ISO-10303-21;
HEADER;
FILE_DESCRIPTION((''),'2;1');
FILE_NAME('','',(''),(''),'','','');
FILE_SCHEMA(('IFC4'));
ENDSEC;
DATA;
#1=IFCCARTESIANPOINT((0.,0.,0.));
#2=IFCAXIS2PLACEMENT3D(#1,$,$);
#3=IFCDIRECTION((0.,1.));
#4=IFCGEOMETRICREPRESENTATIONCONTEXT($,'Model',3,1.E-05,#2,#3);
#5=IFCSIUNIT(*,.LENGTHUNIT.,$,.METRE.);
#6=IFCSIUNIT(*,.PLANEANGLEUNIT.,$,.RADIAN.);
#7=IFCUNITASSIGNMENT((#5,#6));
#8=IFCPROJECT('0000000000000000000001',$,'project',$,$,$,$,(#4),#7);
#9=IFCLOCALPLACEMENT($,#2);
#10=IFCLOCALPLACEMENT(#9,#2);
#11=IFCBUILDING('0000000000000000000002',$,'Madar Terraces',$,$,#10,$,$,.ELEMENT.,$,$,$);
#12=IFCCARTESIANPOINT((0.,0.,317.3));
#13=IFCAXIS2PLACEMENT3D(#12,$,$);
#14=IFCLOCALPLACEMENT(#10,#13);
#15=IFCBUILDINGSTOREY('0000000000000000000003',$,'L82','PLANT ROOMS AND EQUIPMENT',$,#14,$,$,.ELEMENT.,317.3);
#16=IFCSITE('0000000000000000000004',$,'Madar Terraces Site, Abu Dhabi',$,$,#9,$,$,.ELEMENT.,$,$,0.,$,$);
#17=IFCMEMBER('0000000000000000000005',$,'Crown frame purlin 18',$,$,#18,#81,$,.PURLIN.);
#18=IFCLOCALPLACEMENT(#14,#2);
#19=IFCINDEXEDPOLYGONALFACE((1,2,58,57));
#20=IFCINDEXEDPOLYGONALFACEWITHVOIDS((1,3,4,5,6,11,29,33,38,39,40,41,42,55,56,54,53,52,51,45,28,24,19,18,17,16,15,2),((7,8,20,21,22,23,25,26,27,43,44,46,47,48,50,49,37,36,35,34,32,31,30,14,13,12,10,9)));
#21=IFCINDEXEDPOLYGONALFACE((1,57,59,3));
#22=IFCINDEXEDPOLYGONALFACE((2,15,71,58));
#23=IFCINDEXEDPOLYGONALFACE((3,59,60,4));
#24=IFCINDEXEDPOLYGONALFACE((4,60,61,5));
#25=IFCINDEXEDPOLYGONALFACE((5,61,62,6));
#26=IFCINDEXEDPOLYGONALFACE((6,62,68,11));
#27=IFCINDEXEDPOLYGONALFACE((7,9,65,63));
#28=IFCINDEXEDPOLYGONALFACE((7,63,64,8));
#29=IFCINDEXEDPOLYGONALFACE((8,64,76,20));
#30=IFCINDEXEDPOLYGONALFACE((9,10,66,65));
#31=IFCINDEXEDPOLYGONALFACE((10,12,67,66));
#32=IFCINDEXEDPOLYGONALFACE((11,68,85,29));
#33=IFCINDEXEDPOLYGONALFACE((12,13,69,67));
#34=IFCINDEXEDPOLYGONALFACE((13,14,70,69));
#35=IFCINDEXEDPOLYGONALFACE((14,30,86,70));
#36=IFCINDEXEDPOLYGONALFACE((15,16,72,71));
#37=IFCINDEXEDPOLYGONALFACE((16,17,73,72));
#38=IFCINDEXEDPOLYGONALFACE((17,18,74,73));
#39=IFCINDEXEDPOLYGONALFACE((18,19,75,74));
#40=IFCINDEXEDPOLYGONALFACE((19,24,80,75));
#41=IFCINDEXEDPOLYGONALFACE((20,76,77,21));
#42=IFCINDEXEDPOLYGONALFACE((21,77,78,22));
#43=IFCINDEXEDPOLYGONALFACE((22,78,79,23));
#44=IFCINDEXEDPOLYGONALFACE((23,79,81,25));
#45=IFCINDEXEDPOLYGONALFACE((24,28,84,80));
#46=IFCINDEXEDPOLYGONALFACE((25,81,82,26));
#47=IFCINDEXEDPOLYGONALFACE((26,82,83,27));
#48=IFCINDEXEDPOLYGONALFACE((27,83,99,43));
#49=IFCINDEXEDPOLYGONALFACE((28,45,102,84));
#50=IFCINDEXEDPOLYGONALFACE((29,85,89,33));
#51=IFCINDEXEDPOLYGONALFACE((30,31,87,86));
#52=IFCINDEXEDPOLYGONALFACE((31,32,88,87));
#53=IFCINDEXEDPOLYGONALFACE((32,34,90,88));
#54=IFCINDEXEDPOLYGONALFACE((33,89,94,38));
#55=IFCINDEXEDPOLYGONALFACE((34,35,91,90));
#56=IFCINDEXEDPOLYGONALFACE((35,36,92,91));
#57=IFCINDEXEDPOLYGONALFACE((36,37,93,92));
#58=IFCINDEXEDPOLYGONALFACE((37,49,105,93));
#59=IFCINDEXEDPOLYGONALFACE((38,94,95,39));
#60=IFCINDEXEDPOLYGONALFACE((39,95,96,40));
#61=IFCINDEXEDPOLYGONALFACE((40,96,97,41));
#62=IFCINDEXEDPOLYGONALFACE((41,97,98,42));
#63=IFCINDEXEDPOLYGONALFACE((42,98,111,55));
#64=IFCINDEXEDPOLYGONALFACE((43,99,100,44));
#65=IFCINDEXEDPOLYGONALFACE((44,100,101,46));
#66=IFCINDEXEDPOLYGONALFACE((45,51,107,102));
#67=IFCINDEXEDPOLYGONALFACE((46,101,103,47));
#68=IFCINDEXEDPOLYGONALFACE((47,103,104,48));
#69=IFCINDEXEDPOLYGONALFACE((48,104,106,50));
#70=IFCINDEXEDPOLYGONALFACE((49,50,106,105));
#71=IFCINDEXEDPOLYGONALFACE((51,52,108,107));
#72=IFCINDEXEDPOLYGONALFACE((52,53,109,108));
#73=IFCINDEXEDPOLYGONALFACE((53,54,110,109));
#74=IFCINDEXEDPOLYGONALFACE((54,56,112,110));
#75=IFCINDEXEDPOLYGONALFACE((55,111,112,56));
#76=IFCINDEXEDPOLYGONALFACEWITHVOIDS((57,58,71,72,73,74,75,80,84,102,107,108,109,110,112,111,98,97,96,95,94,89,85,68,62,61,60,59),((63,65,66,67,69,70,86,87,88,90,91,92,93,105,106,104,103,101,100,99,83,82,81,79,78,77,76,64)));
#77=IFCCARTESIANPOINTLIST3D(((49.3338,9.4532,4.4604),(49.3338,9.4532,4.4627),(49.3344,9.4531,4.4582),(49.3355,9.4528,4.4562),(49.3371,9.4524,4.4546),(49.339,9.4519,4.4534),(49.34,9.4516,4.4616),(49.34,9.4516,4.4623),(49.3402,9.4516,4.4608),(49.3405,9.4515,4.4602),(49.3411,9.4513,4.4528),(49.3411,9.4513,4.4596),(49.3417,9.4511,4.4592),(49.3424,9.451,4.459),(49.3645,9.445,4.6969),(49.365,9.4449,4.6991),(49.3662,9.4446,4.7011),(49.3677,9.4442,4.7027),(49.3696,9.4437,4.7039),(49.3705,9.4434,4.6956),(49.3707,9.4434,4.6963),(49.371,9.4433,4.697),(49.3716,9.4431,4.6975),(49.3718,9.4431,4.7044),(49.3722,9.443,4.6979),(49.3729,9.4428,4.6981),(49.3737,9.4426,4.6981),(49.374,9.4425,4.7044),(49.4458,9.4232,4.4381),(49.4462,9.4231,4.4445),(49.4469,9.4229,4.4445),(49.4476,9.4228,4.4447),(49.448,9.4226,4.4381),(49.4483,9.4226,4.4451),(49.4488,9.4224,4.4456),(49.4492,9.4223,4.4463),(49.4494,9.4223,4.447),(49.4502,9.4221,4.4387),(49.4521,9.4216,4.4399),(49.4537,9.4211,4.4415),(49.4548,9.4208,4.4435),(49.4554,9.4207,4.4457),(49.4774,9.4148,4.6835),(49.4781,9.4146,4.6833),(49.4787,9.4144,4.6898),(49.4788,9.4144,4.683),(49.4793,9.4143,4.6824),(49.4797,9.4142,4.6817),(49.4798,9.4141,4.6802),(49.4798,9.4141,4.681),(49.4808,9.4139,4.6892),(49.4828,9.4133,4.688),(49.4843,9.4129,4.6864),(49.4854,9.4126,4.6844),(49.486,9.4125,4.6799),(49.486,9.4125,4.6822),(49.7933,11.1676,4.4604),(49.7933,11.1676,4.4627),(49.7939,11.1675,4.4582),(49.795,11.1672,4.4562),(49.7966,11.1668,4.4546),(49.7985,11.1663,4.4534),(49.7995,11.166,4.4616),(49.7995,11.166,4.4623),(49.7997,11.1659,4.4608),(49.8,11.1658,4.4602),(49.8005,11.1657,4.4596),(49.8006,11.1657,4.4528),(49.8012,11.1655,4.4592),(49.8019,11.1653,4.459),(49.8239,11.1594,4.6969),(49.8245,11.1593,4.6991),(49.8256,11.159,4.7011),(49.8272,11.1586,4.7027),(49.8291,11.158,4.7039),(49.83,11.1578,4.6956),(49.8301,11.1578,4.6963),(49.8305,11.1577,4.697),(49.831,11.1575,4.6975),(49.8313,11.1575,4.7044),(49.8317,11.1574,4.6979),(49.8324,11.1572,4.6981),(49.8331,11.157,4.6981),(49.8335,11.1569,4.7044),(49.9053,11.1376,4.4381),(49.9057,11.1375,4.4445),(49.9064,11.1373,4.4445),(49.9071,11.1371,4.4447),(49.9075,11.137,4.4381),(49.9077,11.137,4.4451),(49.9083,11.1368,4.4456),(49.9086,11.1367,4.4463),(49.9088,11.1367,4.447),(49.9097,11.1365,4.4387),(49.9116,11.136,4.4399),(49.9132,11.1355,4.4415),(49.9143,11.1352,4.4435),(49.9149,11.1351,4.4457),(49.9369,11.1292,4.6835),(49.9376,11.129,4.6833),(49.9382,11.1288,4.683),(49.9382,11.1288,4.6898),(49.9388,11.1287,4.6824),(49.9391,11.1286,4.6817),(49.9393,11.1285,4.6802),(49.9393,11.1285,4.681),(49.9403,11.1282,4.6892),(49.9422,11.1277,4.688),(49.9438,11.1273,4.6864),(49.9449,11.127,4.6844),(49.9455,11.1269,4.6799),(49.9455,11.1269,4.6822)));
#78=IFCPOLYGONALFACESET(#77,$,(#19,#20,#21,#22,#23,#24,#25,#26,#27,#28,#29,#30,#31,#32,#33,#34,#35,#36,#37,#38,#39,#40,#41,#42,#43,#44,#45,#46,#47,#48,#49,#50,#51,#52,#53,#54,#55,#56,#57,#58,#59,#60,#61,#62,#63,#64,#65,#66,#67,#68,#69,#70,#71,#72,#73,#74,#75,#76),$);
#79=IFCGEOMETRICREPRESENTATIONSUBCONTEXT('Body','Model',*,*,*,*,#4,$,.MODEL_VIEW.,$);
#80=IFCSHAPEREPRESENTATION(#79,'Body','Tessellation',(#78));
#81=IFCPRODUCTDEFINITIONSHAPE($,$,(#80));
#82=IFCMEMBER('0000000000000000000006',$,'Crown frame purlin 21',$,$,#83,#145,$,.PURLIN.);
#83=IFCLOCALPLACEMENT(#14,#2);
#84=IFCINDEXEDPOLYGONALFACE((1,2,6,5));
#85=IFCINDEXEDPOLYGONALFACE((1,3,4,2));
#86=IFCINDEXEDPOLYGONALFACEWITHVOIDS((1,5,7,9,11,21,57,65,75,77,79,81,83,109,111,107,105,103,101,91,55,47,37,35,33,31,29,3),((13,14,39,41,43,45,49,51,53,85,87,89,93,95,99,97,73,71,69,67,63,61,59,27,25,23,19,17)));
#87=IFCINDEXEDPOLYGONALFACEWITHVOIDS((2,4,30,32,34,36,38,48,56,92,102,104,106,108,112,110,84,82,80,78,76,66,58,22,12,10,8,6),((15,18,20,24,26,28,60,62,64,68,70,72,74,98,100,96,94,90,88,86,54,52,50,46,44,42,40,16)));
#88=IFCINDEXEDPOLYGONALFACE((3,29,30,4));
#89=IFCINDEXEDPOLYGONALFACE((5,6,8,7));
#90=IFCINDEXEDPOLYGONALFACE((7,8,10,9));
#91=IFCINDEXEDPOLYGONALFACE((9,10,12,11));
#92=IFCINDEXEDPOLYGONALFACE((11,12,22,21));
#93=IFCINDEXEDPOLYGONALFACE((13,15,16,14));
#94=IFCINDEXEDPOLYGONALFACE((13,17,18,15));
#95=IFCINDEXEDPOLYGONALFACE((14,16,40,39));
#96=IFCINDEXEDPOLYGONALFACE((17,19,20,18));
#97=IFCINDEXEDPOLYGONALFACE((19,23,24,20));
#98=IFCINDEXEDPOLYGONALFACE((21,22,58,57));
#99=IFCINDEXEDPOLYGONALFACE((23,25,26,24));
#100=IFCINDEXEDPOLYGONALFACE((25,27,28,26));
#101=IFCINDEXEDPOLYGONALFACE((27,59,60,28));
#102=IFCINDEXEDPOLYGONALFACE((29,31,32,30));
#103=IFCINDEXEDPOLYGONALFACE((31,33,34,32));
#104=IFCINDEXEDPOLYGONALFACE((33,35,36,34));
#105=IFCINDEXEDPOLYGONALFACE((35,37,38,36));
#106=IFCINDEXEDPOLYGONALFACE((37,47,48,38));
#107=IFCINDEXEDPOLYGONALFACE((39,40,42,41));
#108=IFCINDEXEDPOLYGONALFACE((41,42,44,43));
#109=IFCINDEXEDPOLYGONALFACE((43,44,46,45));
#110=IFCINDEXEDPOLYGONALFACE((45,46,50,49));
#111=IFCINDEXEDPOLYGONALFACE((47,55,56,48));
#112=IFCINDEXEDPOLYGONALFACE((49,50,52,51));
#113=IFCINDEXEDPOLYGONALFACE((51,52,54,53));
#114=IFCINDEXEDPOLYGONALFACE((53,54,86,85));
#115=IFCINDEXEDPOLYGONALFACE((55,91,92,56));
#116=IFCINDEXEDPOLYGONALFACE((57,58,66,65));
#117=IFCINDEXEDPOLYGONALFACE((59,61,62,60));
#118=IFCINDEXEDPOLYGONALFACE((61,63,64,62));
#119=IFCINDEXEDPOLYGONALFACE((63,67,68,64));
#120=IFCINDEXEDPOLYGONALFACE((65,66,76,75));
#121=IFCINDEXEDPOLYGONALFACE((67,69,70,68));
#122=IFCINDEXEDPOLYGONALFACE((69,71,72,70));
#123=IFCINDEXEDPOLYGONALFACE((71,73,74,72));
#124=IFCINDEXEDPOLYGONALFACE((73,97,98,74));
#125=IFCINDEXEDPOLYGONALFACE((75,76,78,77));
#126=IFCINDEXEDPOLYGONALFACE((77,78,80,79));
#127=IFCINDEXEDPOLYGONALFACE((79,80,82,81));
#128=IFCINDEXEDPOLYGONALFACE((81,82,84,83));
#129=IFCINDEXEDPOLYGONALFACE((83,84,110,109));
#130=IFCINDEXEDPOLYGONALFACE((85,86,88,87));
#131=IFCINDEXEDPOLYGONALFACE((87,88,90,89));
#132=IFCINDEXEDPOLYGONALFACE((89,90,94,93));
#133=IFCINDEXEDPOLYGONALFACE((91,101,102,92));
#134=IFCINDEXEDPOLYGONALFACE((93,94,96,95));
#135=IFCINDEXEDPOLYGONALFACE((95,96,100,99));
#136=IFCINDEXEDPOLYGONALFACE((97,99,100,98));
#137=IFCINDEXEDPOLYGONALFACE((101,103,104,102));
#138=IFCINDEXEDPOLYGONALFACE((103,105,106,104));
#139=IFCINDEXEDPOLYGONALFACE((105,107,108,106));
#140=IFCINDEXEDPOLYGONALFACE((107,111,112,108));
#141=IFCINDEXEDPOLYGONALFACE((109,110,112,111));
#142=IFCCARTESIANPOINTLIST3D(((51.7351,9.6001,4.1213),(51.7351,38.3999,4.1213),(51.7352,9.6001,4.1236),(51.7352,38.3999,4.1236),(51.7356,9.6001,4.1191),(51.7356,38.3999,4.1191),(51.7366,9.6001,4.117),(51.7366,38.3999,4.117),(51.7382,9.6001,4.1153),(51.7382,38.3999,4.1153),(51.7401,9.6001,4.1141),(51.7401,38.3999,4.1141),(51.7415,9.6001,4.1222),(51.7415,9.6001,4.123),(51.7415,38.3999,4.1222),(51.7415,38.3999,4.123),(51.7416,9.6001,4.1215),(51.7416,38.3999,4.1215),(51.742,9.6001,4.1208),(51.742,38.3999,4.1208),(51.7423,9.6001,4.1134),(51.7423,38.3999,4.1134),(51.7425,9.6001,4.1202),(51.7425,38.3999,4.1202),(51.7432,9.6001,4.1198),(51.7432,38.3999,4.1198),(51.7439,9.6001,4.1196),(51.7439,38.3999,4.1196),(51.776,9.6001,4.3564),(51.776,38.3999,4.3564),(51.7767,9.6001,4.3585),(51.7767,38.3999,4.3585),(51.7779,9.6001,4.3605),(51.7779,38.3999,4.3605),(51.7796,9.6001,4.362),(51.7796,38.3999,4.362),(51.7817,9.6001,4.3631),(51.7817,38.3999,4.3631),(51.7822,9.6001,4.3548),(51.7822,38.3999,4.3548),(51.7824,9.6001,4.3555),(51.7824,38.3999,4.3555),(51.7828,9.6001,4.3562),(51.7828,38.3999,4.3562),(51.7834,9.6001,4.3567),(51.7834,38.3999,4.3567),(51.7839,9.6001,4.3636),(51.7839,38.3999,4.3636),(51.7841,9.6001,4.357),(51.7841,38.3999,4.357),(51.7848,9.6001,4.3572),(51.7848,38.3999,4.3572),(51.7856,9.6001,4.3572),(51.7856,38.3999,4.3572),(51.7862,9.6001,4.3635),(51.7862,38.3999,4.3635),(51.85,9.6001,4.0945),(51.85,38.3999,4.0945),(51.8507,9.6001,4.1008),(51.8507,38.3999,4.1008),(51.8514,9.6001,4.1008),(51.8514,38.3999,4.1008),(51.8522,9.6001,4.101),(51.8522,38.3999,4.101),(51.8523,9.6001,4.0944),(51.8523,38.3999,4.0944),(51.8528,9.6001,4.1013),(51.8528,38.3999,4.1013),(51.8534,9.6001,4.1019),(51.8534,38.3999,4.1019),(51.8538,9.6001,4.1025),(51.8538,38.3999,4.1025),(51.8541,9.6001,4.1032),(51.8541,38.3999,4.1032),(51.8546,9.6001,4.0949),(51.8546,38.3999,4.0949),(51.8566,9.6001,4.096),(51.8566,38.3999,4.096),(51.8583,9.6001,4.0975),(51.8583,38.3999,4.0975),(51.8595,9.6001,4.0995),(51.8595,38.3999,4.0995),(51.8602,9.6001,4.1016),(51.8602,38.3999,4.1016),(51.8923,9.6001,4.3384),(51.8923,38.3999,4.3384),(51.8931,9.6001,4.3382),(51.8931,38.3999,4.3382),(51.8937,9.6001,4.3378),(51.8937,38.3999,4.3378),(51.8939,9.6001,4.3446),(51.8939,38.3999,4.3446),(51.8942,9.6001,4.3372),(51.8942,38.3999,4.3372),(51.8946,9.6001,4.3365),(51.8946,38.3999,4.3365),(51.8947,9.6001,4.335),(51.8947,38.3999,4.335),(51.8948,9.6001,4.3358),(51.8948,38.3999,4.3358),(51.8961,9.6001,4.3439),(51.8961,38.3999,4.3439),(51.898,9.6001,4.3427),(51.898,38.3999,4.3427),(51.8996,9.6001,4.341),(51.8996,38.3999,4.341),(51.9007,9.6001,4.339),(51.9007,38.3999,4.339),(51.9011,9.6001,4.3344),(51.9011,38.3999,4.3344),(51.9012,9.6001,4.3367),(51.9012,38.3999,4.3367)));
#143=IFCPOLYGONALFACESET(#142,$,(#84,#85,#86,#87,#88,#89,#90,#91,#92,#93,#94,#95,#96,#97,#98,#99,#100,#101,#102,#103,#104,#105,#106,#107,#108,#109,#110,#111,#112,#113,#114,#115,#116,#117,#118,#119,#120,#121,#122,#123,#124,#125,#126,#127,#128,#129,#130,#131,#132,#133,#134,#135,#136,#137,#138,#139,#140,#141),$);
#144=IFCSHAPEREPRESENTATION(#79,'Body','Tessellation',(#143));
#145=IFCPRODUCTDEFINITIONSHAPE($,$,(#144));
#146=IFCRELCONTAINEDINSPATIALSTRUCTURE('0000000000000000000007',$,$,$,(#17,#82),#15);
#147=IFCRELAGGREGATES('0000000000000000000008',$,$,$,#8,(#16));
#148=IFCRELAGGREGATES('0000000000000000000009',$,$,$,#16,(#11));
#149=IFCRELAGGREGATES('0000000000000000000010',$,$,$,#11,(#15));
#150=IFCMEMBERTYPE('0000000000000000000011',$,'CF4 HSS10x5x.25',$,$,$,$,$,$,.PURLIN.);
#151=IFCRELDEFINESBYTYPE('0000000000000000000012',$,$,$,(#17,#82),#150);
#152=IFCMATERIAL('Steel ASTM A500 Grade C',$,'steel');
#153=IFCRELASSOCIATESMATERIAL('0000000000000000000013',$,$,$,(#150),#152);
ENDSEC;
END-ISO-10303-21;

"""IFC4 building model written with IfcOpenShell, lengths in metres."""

from ifc_helpers import new_model, si_unit, direction, frame, origin, origin_2d, place, context, subcontext, project, spatial, hollow_rectangle, extrude, material, material_profile, profile_set, type_object, element, save


model = new_model("IFC4")

# Units and contexts
model_context = context("Model", 3, precision=1e-05, world=origin(), true_north=direction((0.0, 1.0)))
body_context = subcontext(model_context, "Body", "Model", "MODEL_VIEW")
ifc_project = project(units=[si_unit("LENGTHUNIT", "METRE"), si_unit("PLANEANGLEUNIT", "RADIAN")], contexts=[model_context])

# Site, building, storey
site_placement = place(None, origin())
site = spatial("IfcSite", under=ifc_project, at=site_placement, Name="Madar Terraces Site, Abu Dhabi", CompositionType="ELEMENT", RefElevation=0.0)
building_placement = place(site_placement, origin())
building = spatial("IfcBuilding", under=site, at=building_placement, Name="Madar Terraces", CompositionType="ELEMENT")
storey_placement = place(building_placement, frame((0.0, 0.0, 317.3)))
storey = spatial("IfcBuildingStorey", under=building, at=storey_placement, Name="L82", Description="PLANT ROOMS AND EQUIPMENT", CompositionType="ELEMENT", Elevation=317.3)

# Members
ifc_material_1 = material(Name="Steel ASTM A500 Grade C", Category="steel")
ifc_material_profile_1 = material_profile(ifc_material_1, hollow_rectangle(XDim=0.127, YDim=0.2539, WallThickness=0.0063, InnerFilletRadius=0.0029, OuterFilletRadius=0.0088, at=origin_2d()), Name="HSS10x5x.25")
ifc_profile_set_1 = profile_set([ifc_material_profile_1], Name="Steel ASTM A500 Grade C")
member_type_1 = type_object("IfcMemberType", Name="CF4 HSS10x5x.25", PredefinedType="PURLIN", material=ifc_profile_set_1)
member_1_placement = place(storey_placement, frame((49.4099, 9.4329, 4.5713), z_axis=(0.258878, 0.96591, 0.0), x_axis=(-0.957187, 0.25654, 0.134086)))
element("IfcMember", 1, at=member_1_placement, inside=storey, type_object=member_type_1, Name="Crown frame purlin 18", PredefinedType="PURLIN", context=body_context, shape_type="SweptSolid", body=[
    extrude(hollow_rectangle(XDim=0.127, YDim=0.2539, WallThickness=0.0063, InnerFilletRadius=0.0029, OuterFilletRadius=0.0088, at=origin_2d()), origin(), (0.0, 0.0, 1.0), 1.7749),
])
member_2_placement = place(storey_placement, frame((51.8181, 9.6001, 4.229), z_axis=(0.0, 1.0, 0.0), x_axis=(-0.984957, 0.0, 0.172799)))
element("IfcMember", 2, at=member_2_placement, inside=storey, type_object=member_type_1, Name="Crown frame purlin 21", PredefinedType="PURLIN", context=body_context, shape_type="SweptSolid", body=[
    extrude(hollow_rectangle(XDim=0.127, YDim=0.2539, WallThickness=0.0063, InnerFilletRadius=0.0029, OuterFilletRadius=0.0088, at=origin_2d()), origin(), (0.0, 0.0, 1.0), 28.7998),
])

save(model, "model.ifc")
